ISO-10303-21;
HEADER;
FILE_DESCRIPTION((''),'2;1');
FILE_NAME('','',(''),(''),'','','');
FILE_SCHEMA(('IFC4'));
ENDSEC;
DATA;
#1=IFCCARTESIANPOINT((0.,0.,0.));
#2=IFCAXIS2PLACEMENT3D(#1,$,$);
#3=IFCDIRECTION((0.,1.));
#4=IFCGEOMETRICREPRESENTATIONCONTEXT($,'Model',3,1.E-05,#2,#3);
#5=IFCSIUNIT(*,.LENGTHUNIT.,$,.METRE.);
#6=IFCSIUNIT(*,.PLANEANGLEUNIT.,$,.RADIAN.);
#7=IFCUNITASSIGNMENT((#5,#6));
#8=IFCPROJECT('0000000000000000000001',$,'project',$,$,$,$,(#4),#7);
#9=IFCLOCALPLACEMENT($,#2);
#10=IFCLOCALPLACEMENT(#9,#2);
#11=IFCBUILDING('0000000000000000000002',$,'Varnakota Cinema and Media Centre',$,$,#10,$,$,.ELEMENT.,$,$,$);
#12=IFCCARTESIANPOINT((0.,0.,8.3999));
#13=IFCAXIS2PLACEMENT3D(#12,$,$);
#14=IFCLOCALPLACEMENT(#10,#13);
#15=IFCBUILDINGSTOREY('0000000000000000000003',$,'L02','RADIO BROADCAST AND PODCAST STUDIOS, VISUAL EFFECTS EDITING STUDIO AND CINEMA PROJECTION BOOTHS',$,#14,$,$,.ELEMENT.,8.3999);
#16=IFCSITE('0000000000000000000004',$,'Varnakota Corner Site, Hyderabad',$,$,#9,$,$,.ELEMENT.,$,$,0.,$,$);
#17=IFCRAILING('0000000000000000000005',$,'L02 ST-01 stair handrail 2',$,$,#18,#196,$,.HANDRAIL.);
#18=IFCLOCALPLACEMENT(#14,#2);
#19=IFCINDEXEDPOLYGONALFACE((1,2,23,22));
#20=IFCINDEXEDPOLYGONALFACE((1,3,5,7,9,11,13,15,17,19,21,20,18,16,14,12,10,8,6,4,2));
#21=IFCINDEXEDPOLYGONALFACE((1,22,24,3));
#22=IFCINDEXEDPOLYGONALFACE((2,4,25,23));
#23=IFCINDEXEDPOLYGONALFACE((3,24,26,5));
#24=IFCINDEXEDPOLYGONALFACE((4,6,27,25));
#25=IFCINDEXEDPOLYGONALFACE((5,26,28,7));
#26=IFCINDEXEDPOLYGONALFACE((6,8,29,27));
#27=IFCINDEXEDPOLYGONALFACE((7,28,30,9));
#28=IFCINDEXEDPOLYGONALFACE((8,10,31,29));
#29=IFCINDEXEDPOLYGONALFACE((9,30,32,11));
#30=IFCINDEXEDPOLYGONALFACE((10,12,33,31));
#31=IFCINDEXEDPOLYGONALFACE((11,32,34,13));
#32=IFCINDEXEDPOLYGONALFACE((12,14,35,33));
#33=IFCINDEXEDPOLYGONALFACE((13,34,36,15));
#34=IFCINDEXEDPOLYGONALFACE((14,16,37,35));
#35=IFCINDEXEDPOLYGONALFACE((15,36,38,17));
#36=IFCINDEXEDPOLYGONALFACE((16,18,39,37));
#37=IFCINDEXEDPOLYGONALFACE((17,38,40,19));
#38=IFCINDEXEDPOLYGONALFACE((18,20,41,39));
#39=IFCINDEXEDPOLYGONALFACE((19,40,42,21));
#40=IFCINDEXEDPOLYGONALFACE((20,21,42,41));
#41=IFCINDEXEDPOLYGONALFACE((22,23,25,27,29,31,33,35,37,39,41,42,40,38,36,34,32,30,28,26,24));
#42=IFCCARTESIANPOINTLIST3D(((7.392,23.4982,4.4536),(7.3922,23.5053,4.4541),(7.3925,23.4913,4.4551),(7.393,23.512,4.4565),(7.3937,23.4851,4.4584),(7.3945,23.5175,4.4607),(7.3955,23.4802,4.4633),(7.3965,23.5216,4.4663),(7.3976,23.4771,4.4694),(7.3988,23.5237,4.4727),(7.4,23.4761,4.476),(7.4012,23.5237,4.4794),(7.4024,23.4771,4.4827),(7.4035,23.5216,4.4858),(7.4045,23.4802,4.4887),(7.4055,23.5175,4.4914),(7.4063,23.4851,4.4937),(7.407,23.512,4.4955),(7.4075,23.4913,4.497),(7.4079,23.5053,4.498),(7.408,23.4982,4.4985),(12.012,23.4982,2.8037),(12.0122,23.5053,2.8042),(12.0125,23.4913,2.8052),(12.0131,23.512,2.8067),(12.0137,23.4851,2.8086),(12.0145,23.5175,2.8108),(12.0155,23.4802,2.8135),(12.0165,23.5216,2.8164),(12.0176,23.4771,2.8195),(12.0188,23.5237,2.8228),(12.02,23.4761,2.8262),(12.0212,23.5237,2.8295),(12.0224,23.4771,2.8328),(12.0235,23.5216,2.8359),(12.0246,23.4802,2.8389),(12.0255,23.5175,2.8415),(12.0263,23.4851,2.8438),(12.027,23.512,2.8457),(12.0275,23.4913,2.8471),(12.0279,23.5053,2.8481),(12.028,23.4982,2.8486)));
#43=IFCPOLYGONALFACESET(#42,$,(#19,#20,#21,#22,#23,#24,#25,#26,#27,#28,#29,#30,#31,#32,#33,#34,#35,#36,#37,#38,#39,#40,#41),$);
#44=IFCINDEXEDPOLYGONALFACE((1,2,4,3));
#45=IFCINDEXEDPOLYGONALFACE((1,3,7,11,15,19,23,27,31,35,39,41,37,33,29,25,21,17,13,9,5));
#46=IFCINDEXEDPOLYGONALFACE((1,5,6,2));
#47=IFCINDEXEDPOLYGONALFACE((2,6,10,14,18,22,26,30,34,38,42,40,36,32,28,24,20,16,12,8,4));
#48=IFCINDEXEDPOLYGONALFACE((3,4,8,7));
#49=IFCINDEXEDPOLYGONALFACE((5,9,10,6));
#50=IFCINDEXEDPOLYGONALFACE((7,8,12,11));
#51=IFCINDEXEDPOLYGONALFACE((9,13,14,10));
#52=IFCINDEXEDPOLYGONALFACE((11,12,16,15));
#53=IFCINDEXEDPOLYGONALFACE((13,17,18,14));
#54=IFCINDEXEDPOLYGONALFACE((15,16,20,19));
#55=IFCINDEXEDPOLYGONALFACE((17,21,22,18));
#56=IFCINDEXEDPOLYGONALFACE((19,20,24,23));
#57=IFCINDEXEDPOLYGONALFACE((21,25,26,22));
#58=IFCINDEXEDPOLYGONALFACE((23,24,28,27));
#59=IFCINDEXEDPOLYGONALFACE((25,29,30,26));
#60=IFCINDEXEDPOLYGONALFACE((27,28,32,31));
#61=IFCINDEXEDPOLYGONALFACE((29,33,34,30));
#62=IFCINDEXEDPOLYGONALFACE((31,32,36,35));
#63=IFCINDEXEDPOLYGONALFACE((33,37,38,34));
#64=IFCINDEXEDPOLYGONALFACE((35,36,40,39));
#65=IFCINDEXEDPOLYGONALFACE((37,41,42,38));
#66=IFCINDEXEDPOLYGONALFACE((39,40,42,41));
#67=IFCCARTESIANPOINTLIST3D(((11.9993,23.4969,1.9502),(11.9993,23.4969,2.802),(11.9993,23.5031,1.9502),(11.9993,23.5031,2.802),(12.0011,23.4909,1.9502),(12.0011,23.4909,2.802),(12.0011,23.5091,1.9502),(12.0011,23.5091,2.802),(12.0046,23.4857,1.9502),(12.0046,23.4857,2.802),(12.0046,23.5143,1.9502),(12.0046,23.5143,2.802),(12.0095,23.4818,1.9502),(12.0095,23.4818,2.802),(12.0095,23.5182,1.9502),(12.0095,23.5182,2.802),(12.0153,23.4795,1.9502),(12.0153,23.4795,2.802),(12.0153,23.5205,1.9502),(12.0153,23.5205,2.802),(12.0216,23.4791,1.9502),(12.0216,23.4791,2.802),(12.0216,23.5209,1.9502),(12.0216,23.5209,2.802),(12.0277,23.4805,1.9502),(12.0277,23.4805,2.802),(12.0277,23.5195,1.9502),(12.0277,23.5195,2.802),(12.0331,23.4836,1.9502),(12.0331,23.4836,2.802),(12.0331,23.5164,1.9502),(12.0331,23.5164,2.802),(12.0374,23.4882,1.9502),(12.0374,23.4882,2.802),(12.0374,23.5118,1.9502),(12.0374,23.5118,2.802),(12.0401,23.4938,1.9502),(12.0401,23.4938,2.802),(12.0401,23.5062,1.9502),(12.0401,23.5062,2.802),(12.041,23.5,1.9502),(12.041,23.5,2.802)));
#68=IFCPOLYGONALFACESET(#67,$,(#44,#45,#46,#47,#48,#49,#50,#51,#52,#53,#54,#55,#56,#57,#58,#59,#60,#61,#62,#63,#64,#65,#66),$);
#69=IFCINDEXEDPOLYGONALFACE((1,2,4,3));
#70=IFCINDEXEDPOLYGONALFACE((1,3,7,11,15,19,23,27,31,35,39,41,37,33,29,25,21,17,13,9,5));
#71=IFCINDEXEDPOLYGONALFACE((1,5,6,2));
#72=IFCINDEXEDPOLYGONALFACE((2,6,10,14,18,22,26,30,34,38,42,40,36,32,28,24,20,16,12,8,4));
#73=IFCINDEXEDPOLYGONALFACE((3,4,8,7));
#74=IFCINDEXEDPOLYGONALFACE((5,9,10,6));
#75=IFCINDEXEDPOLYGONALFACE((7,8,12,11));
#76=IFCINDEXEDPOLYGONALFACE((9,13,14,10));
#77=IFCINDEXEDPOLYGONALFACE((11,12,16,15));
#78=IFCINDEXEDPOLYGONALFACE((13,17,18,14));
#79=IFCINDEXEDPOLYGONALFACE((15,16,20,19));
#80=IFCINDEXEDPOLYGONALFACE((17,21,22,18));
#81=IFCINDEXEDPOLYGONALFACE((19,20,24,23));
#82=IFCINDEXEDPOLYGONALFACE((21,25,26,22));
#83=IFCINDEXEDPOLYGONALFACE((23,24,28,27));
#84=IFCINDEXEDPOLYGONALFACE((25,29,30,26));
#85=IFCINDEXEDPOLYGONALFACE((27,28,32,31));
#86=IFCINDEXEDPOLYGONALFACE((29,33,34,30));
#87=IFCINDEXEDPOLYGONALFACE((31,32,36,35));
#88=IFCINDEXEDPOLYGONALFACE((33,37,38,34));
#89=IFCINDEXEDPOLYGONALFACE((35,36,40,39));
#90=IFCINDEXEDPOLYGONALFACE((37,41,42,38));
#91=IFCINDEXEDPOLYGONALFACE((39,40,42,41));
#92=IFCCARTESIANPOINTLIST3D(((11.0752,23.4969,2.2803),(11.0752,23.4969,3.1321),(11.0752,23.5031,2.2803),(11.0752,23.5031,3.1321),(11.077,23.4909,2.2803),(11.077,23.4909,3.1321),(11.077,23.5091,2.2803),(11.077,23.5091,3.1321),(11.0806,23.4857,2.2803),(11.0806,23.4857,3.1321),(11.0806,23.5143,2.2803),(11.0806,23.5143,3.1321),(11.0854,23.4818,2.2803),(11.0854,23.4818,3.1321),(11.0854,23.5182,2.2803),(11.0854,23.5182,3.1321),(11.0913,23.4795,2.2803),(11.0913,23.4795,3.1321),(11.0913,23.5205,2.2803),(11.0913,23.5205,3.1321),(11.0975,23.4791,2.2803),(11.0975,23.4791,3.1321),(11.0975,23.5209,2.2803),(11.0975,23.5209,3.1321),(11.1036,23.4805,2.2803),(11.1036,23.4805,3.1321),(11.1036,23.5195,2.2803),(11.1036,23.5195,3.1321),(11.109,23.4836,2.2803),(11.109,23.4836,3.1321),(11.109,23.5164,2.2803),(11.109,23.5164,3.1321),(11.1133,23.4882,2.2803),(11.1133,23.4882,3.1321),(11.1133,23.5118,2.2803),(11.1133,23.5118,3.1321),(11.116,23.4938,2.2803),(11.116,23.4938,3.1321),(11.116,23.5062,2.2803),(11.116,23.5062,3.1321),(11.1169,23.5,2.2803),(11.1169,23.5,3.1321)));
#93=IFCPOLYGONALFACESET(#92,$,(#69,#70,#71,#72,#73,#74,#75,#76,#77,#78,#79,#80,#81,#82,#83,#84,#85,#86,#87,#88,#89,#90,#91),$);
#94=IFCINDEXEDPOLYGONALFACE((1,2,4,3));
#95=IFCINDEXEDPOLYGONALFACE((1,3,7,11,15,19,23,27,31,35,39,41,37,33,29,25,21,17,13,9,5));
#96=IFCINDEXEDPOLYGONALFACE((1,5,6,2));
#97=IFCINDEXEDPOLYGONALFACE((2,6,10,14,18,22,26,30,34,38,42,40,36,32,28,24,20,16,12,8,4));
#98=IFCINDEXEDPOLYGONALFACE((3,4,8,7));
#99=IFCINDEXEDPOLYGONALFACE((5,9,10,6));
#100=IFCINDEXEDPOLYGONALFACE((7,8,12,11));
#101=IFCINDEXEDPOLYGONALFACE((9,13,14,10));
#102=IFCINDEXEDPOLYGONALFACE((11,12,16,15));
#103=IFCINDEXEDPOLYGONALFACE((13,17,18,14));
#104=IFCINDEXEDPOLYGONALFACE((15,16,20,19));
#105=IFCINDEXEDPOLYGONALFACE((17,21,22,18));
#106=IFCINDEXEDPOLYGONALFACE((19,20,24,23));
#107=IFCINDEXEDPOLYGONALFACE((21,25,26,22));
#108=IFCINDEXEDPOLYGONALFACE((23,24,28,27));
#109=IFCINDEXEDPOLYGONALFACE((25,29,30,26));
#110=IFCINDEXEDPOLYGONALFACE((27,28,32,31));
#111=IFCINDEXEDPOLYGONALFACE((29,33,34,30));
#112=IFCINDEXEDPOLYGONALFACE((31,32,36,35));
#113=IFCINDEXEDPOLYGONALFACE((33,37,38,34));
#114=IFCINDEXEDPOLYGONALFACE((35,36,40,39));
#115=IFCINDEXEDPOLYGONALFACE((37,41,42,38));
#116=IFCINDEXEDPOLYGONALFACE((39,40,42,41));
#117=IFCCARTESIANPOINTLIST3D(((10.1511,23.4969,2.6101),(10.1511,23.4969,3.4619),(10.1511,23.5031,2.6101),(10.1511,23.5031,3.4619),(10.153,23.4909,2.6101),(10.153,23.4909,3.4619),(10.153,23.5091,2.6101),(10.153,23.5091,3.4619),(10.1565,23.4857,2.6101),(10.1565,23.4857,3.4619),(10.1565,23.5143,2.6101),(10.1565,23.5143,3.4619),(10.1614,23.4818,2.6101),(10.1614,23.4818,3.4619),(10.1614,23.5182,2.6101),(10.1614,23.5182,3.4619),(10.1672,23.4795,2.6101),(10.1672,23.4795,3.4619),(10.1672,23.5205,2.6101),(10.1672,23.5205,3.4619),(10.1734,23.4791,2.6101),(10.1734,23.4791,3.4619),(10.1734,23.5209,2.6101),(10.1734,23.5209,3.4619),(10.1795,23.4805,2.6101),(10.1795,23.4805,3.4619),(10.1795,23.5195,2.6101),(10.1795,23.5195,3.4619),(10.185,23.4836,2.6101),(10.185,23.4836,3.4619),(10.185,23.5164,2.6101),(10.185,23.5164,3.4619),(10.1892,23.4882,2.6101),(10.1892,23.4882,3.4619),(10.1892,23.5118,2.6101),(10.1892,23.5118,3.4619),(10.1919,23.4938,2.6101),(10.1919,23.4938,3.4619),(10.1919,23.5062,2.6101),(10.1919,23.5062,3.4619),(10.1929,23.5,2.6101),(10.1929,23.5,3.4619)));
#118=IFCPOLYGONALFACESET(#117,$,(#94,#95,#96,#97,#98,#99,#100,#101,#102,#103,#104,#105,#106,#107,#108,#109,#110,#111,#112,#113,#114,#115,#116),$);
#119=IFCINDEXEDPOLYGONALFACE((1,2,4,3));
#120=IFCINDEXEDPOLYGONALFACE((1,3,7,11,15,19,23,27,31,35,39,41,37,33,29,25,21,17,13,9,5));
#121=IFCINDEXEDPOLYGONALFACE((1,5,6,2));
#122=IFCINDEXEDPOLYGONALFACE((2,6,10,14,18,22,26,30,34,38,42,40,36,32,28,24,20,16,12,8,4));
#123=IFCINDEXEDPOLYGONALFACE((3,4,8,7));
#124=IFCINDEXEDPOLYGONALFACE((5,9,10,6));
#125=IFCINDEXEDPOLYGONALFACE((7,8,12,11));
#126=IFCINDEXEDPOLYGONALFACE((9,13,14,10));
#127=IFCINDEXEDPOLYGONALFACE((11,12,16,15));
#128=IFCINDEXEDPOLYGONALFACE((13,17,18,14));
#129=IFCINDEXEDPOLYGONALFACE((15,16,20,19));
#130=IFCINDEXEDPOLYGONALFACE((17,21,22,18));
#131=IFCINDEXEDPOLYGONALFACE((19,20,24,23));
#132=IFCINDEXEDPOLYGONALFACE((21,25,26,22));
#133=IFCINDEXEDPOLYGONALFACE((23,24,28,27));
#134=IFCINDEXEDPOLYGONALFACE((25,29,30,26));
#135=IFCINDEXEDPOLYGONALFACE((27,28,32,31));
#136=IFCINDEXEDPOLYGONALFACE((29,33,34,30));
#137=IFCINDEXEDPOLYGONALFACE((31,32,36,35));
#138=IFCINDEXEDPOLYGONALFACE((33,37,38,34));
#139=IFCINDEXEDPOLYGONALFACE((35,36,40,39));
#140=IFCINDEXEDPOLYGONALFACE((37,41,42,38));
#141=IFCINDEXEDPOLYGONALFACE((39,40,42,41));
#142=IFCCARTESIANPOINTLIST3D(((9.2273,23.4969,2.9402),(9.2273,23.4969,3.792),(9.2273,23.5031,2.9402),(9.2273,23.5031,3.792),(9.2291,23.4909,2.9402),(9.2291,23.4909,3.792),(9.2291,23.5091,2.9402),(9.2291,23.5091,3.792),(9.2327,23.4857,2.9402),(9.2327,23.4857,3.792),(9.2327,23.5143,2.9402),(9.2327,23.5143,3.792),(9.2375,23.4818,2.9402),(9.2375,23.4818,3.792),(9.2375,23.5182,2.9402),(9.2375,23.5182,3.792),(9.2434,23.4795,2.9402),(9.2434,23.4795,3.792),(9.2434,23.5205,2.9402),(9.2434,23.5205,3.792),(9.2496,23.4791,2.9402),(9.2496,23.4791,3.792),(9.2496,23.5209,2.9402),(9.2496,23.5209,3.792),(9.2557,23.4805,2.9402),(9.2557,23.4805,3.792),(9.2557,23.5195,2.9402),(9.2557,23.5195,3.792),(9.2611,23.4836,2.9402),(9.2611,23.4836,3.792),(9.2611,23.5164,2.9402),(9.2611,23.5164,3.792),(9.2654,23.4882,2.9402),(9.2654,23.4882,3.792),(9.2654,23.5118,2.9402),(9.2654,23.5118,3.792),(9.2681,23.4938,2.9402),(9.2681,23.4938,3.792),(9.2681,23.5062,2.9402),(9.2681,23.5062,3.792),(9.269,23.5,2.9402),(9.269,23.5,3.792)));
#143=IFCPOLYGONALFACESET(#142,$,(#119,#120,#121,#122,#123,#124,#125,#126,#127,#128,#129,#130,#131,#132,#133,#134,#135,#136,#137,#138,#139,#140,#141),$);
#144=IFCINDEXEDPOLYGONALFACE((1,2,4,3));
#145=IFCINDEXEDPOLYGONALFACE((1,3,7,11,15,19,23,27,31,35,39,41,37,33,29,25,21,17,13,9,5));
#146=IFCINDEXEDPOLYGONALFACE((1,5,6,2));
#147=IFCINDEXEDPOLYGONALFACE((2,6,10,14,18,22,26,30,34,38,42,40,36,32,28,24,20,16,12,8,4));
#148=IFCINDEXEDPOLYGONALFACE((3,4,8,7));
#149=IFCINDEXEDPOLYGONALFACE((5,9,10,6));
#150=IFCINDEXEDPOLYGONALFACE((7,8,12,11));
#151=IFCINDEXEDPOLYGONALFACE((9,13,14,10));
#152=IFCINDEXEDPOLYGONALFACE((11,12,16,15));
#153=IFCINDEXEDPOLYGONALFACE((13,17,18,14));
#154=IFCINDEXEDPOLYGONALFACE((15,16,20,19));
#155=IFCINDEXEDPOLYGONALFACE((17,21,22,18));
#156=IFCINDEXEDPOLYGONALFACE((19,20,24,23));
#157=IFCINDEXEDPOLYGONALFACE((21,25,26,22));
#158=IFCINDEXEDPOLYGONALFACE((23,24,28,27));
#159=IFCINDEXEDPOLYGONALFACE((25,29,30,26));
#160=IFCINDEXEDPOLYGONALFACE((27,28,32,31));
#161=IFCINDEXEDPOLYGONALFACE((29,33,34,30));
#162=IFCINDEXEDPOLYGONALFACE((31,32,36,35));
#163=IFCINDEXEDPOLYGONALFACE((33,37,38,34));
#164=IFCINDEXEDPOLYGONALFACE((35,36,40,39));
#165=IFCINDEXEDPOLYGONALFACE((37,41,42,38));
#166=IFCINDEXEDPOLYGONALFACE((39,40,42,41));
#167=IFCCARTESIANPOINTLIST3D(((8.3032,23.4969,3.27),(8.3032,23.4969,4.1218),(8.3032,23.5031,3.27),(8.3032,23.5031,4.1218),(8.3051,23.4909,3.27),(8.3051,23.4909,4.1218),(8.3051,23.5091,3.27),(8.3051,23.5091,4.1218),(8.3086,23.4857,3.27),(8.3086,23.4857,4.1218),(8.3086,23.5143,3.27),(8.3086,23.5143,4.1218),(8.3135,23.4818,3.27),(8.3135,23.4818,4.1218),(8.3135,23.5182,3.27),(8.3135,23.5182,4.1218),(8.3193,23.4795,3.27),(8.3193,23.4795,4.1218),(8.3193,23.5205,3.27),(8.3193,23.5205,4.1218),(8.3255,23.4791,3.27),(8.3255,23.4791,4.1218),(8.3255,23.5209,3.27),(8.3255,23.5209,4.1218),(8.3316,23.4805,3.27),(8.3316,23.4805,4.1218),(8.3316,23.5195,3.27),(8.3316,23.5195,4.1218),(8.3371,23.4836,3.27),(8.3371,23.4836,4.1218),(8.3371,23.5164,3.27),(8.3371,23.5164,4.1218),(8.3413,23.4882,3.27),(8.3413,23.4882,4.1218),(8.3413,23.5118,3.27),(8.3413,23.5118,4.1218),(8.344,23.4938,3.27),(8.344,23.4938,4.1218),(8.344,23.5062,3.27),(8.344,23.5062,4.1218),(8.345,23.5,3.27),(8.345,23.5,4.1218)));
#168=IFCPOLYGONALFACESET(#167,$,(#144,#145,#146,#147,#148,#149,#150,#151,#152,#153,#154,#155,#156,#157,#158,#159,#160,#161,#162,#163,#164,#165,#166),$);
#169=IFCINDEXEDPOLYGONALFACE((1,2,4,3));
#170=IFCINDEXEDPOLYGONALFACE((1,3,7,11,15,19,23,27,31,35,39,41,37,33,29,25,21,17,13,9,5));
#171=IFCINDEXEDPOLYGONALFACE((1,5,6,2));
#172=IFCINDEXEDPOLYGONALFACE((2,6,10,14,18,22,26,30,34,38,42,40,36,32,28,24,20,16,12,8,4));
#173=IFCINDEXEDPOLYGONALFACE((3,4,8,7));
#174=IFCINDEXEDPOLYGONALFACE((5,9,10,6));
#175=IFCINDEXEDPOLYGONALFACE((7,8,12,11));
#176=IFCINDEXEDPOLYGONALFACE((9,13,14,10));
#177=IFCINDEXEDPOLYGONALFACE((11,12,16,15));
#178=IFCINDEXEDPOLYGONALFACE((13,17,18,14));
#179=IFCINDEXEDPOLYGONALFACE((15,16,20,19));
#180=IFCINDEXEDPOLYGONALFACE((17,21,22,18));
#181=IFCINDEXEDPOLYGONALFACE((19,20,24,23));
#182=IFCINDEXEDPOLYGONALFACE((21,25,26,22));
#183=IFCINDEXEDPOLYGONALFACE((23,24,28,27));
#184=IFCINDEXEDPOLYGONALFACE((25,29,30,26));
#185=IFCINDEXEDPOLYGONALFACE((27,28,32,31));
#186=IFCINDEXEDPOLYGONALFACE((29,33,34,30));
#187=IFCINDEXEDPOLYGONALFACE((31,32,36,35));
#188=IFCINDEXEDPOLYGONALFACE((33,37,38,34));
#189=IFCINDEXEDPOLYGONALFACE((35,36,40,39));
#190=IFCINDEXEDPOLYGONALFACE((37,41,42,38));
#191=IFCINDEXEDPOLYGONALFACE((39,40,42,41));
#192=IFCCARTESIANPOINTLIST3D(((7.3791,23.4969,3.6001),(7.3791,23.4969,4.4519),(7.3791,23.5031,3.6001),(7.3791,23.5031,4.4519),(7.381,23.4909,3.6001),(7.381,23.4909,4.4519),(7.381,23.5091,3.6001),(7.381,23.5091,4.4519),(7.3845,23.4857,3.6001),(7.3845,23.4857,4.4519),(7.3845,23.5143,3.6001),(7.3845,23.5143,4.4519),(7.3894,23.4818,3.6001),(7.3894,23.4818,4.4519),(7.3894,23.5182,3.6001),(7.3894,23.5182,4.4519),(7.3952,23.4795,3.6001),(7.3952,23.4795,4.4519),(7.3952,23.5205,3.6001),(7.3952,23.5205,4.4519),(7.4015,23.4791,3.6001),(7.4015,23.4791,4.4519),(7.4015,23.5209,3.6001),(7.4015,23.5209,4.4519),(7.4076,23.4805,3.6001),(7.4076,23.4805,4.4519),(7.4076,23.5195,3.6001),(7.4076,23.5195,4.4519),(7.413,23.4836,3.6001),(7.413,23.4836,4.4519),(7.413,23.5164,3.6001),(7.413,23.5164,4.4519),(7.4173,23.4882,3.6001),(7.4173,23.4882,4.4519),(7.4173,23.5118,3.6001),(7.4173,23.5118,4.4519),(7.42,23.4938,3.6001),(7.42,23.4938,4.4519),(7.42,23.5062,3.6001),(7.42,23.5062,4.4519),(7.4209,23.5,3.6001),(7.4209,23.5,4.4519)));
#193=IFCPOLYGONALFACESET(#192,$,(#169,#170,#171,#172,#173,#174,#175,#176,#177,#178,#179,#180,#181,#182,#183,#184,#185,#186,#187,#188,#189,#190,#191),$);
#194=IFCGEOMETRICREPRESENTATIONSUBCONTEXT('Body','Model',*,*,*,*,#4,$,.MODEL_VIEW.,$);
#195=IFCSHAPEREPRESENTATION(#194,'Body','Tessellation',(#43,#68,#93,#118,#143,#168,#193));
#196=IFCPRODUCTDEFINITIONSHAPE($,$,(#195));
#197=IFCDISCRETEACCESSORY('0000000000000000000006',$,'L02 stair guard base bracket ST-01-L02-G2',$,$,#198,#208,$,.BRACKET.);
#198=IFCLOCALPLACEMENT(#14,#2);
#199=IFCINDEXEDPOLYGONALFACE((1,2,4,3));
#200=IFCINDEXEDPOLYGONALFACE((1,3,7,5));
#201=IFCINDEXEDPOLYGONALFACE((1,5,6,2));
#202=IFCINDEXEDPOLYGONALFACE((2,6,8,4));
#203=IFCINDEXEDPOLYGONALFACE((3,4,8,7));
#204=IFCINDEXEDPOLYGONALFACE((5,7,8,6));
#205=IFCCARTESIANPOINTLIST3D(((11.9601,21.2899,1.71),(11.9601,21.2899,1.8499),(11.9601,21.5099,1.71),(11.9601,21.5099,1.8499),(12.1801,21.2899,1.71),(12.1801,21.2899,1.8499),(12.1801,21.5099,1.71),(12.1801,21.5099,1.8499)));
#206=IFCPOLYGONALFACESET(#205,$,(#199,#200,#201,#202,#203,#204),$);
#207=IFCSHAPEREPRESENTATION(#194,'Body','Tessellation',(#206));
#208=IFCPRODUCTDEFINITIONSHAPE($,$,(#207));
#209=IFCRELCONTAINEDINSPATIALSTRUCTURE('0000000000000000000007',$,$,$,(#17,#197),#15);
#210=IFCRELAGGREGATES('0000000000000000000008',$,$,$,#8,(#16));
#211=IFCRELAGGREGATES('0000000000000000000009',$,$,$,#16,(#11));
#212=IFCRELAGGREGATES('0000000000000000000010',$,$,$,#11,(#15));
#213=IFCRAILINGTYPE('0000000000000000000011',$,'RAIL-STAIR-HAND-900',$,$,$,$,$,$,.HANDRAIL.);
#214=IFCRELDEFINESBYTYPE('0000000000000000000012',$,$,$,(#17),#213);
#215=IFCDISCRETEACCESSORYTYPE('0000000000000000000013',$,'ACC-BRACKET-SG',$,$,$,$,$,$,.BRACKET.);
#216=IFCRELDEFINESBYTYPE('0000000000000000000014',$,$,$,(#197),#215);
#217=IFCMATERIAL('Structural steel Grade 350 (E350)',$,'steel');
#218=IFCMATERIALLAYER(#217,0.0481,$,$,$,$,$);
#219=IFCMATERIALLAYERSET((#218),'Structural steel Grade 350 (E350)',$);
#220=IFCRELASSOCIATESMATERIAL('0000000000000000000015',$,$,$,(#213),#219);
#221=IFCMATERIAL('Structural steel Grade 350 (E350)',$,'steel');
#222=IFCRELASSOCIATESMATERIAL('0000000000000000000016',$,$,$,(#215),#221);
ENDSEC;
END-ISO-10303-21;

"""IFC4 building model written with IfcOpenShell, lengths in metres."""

from ifc_helpers import new_model, si_unit, direction, frame, origin, origin_2d, place, context, subcontext, project, spatial, rectangle, circle, extrude, material, layer, layer_set, type_object, element, save


model = new_model("IFC4")

# Units and contexts
model_context = context("Model", 3, precision=1e-05, world=origin(), true_north=direction((0.0, 1.0)))
body_context = subcontext(model_context, "Body", "Model", "MODEL_VIEW")
ifc_project = project(units=[si_unit("LENGTHUNIT", "METRE"), si_unit("PLANEANGLEUNIT", "RADIAN")], contexts=[model_context])

# Site, building, storey
site_placement = place(None, origin())
site = spatial("IfcSite", under=ifc_project, at=site_placement, Name="Varnakota Corner Site, Hyderabad", CompositionType="ELEMENT", RefElevation=0.0)
building_placement = place(site_placement, origin())
building = spatial("IfcBuilding", under=site, at=building_placement, Name="Varnakota Cinema and Media Centre", CompositionType="ELEMENT")
storey_placement = place(building_placement, frame((0.0, 0.0, 8.3999)))
storey = spatial("IfcBuildingStorey", under=building, at=storey_placement, Name="L02", Description="RADIO BROADCAST AND PODCAST STUDIOS, VISUAL EFFECTS EDITING STUDIO AND CINEMA PROJECTION BOOTHS", CompositionType="ELEMENT", Elevation=8.3999)

# Railing
ifc_material_1 = material(Name="Structural steel Grade 350 (E350)", Category="steel")
ifc_layer_1 = layer(ifc_material_1, 0.0481)
ifc_layer_set_1 = layer_set([ifc_layer_1], Name="Structural steel Grade 350 (E350)")
railing_type_1 = type_object("IfcRailingType", Name="RAIL-STAIR-HAND-900", PredefinedType="HANDRAIL", material=ifc_layer_set_1)
railing_1_placement = place(storey_placement, frame((12.02, 23.5, 1.9502)))
element("IfcRailing", 1, at=railing_1_placement, inside=storey, type_object=railing_type_1, Name="L02 ST-01 stair handrail 2", PredefinedType="HANDRAIL", context=body_context, shape_type="SweptSolid", body=[
    extrude(circle(Radius=0.0239, at=origin_2d()), frame((0.0, 0.0, 0.876), z_axis=(-0.941751, 0.0, 0.336311), x_axis=(0.0, -1.0, 0.0)), (0.0, 0.0, 1.0), 4.9058),
    extrude(circle(Radius=0.021, at=origin_2d()), origin(), (0.0, 0.0, 1.0), 0.8518),
    extrude(circle(Radius=0.021, at=origin_2d()), frame((-0.9241, 0.0, 0.3301)), (0.0, 0.0, 1.0), 0.8518),
    extrude(circle(Radius=0.021, at=origin_2d()), frame((-1.8481, 0.0, 0.6599)), (0.0, 0.0, 1.0), 0.8518),
    extrude(circle(Radius=0.021, at=origin_2d()), frame((-2.772, 0.0, 0.99)), (0.0, 0.0, 1.0), 0.8518),
    extrude(circle(Radius=0.021, at=origin_2d()), frame((-3.696, 0.0, 1.3198)), (0.0, 0.0, 1.0), 0.8518),
    extrude(circle(Radius=0.021, at=origin_2d()), frame((-4.6201, 0.0, 1.6499)), (0.0, 0.0, 1.0), 0.8518),
])

# Discrete accessory
ifc_material_2 = material(Name="Structural steel Grade 350 (E350)", Category="steel")
discrete_accessory_type = type_object("IfcDiscreteAccessoryType", Name="ACC-BRACKET-SG", PredefinedType="BRACKET", material=ifc_material_2)
for number, where, z_axis, x_axis, name in (
    (2, (12.0701, 21.3999, 1.71), (0.0, 0.0, 1.0), (1.0, 0.0, 0.0), "L02 stair guard base bracket ST-01-L02-G2"),
):
    element("IfcDiscreteAccessory", number, at=place(storey_placement, frame(where, z_axis=z_axis, x_axis=x_axis)), inside=storey, type_object=discrete_accessory_type, Name=name, PredefinedType="BRACKET", context=body_context, shape_type="SweptSolid", body=[
        extrude(rectangle(XDim=0.22, YDim=0.22, at=origin_2d()), origin(), (0.0, 0.0, 1.0), 0.1399),
    ])

save(model, "model.ifc")
